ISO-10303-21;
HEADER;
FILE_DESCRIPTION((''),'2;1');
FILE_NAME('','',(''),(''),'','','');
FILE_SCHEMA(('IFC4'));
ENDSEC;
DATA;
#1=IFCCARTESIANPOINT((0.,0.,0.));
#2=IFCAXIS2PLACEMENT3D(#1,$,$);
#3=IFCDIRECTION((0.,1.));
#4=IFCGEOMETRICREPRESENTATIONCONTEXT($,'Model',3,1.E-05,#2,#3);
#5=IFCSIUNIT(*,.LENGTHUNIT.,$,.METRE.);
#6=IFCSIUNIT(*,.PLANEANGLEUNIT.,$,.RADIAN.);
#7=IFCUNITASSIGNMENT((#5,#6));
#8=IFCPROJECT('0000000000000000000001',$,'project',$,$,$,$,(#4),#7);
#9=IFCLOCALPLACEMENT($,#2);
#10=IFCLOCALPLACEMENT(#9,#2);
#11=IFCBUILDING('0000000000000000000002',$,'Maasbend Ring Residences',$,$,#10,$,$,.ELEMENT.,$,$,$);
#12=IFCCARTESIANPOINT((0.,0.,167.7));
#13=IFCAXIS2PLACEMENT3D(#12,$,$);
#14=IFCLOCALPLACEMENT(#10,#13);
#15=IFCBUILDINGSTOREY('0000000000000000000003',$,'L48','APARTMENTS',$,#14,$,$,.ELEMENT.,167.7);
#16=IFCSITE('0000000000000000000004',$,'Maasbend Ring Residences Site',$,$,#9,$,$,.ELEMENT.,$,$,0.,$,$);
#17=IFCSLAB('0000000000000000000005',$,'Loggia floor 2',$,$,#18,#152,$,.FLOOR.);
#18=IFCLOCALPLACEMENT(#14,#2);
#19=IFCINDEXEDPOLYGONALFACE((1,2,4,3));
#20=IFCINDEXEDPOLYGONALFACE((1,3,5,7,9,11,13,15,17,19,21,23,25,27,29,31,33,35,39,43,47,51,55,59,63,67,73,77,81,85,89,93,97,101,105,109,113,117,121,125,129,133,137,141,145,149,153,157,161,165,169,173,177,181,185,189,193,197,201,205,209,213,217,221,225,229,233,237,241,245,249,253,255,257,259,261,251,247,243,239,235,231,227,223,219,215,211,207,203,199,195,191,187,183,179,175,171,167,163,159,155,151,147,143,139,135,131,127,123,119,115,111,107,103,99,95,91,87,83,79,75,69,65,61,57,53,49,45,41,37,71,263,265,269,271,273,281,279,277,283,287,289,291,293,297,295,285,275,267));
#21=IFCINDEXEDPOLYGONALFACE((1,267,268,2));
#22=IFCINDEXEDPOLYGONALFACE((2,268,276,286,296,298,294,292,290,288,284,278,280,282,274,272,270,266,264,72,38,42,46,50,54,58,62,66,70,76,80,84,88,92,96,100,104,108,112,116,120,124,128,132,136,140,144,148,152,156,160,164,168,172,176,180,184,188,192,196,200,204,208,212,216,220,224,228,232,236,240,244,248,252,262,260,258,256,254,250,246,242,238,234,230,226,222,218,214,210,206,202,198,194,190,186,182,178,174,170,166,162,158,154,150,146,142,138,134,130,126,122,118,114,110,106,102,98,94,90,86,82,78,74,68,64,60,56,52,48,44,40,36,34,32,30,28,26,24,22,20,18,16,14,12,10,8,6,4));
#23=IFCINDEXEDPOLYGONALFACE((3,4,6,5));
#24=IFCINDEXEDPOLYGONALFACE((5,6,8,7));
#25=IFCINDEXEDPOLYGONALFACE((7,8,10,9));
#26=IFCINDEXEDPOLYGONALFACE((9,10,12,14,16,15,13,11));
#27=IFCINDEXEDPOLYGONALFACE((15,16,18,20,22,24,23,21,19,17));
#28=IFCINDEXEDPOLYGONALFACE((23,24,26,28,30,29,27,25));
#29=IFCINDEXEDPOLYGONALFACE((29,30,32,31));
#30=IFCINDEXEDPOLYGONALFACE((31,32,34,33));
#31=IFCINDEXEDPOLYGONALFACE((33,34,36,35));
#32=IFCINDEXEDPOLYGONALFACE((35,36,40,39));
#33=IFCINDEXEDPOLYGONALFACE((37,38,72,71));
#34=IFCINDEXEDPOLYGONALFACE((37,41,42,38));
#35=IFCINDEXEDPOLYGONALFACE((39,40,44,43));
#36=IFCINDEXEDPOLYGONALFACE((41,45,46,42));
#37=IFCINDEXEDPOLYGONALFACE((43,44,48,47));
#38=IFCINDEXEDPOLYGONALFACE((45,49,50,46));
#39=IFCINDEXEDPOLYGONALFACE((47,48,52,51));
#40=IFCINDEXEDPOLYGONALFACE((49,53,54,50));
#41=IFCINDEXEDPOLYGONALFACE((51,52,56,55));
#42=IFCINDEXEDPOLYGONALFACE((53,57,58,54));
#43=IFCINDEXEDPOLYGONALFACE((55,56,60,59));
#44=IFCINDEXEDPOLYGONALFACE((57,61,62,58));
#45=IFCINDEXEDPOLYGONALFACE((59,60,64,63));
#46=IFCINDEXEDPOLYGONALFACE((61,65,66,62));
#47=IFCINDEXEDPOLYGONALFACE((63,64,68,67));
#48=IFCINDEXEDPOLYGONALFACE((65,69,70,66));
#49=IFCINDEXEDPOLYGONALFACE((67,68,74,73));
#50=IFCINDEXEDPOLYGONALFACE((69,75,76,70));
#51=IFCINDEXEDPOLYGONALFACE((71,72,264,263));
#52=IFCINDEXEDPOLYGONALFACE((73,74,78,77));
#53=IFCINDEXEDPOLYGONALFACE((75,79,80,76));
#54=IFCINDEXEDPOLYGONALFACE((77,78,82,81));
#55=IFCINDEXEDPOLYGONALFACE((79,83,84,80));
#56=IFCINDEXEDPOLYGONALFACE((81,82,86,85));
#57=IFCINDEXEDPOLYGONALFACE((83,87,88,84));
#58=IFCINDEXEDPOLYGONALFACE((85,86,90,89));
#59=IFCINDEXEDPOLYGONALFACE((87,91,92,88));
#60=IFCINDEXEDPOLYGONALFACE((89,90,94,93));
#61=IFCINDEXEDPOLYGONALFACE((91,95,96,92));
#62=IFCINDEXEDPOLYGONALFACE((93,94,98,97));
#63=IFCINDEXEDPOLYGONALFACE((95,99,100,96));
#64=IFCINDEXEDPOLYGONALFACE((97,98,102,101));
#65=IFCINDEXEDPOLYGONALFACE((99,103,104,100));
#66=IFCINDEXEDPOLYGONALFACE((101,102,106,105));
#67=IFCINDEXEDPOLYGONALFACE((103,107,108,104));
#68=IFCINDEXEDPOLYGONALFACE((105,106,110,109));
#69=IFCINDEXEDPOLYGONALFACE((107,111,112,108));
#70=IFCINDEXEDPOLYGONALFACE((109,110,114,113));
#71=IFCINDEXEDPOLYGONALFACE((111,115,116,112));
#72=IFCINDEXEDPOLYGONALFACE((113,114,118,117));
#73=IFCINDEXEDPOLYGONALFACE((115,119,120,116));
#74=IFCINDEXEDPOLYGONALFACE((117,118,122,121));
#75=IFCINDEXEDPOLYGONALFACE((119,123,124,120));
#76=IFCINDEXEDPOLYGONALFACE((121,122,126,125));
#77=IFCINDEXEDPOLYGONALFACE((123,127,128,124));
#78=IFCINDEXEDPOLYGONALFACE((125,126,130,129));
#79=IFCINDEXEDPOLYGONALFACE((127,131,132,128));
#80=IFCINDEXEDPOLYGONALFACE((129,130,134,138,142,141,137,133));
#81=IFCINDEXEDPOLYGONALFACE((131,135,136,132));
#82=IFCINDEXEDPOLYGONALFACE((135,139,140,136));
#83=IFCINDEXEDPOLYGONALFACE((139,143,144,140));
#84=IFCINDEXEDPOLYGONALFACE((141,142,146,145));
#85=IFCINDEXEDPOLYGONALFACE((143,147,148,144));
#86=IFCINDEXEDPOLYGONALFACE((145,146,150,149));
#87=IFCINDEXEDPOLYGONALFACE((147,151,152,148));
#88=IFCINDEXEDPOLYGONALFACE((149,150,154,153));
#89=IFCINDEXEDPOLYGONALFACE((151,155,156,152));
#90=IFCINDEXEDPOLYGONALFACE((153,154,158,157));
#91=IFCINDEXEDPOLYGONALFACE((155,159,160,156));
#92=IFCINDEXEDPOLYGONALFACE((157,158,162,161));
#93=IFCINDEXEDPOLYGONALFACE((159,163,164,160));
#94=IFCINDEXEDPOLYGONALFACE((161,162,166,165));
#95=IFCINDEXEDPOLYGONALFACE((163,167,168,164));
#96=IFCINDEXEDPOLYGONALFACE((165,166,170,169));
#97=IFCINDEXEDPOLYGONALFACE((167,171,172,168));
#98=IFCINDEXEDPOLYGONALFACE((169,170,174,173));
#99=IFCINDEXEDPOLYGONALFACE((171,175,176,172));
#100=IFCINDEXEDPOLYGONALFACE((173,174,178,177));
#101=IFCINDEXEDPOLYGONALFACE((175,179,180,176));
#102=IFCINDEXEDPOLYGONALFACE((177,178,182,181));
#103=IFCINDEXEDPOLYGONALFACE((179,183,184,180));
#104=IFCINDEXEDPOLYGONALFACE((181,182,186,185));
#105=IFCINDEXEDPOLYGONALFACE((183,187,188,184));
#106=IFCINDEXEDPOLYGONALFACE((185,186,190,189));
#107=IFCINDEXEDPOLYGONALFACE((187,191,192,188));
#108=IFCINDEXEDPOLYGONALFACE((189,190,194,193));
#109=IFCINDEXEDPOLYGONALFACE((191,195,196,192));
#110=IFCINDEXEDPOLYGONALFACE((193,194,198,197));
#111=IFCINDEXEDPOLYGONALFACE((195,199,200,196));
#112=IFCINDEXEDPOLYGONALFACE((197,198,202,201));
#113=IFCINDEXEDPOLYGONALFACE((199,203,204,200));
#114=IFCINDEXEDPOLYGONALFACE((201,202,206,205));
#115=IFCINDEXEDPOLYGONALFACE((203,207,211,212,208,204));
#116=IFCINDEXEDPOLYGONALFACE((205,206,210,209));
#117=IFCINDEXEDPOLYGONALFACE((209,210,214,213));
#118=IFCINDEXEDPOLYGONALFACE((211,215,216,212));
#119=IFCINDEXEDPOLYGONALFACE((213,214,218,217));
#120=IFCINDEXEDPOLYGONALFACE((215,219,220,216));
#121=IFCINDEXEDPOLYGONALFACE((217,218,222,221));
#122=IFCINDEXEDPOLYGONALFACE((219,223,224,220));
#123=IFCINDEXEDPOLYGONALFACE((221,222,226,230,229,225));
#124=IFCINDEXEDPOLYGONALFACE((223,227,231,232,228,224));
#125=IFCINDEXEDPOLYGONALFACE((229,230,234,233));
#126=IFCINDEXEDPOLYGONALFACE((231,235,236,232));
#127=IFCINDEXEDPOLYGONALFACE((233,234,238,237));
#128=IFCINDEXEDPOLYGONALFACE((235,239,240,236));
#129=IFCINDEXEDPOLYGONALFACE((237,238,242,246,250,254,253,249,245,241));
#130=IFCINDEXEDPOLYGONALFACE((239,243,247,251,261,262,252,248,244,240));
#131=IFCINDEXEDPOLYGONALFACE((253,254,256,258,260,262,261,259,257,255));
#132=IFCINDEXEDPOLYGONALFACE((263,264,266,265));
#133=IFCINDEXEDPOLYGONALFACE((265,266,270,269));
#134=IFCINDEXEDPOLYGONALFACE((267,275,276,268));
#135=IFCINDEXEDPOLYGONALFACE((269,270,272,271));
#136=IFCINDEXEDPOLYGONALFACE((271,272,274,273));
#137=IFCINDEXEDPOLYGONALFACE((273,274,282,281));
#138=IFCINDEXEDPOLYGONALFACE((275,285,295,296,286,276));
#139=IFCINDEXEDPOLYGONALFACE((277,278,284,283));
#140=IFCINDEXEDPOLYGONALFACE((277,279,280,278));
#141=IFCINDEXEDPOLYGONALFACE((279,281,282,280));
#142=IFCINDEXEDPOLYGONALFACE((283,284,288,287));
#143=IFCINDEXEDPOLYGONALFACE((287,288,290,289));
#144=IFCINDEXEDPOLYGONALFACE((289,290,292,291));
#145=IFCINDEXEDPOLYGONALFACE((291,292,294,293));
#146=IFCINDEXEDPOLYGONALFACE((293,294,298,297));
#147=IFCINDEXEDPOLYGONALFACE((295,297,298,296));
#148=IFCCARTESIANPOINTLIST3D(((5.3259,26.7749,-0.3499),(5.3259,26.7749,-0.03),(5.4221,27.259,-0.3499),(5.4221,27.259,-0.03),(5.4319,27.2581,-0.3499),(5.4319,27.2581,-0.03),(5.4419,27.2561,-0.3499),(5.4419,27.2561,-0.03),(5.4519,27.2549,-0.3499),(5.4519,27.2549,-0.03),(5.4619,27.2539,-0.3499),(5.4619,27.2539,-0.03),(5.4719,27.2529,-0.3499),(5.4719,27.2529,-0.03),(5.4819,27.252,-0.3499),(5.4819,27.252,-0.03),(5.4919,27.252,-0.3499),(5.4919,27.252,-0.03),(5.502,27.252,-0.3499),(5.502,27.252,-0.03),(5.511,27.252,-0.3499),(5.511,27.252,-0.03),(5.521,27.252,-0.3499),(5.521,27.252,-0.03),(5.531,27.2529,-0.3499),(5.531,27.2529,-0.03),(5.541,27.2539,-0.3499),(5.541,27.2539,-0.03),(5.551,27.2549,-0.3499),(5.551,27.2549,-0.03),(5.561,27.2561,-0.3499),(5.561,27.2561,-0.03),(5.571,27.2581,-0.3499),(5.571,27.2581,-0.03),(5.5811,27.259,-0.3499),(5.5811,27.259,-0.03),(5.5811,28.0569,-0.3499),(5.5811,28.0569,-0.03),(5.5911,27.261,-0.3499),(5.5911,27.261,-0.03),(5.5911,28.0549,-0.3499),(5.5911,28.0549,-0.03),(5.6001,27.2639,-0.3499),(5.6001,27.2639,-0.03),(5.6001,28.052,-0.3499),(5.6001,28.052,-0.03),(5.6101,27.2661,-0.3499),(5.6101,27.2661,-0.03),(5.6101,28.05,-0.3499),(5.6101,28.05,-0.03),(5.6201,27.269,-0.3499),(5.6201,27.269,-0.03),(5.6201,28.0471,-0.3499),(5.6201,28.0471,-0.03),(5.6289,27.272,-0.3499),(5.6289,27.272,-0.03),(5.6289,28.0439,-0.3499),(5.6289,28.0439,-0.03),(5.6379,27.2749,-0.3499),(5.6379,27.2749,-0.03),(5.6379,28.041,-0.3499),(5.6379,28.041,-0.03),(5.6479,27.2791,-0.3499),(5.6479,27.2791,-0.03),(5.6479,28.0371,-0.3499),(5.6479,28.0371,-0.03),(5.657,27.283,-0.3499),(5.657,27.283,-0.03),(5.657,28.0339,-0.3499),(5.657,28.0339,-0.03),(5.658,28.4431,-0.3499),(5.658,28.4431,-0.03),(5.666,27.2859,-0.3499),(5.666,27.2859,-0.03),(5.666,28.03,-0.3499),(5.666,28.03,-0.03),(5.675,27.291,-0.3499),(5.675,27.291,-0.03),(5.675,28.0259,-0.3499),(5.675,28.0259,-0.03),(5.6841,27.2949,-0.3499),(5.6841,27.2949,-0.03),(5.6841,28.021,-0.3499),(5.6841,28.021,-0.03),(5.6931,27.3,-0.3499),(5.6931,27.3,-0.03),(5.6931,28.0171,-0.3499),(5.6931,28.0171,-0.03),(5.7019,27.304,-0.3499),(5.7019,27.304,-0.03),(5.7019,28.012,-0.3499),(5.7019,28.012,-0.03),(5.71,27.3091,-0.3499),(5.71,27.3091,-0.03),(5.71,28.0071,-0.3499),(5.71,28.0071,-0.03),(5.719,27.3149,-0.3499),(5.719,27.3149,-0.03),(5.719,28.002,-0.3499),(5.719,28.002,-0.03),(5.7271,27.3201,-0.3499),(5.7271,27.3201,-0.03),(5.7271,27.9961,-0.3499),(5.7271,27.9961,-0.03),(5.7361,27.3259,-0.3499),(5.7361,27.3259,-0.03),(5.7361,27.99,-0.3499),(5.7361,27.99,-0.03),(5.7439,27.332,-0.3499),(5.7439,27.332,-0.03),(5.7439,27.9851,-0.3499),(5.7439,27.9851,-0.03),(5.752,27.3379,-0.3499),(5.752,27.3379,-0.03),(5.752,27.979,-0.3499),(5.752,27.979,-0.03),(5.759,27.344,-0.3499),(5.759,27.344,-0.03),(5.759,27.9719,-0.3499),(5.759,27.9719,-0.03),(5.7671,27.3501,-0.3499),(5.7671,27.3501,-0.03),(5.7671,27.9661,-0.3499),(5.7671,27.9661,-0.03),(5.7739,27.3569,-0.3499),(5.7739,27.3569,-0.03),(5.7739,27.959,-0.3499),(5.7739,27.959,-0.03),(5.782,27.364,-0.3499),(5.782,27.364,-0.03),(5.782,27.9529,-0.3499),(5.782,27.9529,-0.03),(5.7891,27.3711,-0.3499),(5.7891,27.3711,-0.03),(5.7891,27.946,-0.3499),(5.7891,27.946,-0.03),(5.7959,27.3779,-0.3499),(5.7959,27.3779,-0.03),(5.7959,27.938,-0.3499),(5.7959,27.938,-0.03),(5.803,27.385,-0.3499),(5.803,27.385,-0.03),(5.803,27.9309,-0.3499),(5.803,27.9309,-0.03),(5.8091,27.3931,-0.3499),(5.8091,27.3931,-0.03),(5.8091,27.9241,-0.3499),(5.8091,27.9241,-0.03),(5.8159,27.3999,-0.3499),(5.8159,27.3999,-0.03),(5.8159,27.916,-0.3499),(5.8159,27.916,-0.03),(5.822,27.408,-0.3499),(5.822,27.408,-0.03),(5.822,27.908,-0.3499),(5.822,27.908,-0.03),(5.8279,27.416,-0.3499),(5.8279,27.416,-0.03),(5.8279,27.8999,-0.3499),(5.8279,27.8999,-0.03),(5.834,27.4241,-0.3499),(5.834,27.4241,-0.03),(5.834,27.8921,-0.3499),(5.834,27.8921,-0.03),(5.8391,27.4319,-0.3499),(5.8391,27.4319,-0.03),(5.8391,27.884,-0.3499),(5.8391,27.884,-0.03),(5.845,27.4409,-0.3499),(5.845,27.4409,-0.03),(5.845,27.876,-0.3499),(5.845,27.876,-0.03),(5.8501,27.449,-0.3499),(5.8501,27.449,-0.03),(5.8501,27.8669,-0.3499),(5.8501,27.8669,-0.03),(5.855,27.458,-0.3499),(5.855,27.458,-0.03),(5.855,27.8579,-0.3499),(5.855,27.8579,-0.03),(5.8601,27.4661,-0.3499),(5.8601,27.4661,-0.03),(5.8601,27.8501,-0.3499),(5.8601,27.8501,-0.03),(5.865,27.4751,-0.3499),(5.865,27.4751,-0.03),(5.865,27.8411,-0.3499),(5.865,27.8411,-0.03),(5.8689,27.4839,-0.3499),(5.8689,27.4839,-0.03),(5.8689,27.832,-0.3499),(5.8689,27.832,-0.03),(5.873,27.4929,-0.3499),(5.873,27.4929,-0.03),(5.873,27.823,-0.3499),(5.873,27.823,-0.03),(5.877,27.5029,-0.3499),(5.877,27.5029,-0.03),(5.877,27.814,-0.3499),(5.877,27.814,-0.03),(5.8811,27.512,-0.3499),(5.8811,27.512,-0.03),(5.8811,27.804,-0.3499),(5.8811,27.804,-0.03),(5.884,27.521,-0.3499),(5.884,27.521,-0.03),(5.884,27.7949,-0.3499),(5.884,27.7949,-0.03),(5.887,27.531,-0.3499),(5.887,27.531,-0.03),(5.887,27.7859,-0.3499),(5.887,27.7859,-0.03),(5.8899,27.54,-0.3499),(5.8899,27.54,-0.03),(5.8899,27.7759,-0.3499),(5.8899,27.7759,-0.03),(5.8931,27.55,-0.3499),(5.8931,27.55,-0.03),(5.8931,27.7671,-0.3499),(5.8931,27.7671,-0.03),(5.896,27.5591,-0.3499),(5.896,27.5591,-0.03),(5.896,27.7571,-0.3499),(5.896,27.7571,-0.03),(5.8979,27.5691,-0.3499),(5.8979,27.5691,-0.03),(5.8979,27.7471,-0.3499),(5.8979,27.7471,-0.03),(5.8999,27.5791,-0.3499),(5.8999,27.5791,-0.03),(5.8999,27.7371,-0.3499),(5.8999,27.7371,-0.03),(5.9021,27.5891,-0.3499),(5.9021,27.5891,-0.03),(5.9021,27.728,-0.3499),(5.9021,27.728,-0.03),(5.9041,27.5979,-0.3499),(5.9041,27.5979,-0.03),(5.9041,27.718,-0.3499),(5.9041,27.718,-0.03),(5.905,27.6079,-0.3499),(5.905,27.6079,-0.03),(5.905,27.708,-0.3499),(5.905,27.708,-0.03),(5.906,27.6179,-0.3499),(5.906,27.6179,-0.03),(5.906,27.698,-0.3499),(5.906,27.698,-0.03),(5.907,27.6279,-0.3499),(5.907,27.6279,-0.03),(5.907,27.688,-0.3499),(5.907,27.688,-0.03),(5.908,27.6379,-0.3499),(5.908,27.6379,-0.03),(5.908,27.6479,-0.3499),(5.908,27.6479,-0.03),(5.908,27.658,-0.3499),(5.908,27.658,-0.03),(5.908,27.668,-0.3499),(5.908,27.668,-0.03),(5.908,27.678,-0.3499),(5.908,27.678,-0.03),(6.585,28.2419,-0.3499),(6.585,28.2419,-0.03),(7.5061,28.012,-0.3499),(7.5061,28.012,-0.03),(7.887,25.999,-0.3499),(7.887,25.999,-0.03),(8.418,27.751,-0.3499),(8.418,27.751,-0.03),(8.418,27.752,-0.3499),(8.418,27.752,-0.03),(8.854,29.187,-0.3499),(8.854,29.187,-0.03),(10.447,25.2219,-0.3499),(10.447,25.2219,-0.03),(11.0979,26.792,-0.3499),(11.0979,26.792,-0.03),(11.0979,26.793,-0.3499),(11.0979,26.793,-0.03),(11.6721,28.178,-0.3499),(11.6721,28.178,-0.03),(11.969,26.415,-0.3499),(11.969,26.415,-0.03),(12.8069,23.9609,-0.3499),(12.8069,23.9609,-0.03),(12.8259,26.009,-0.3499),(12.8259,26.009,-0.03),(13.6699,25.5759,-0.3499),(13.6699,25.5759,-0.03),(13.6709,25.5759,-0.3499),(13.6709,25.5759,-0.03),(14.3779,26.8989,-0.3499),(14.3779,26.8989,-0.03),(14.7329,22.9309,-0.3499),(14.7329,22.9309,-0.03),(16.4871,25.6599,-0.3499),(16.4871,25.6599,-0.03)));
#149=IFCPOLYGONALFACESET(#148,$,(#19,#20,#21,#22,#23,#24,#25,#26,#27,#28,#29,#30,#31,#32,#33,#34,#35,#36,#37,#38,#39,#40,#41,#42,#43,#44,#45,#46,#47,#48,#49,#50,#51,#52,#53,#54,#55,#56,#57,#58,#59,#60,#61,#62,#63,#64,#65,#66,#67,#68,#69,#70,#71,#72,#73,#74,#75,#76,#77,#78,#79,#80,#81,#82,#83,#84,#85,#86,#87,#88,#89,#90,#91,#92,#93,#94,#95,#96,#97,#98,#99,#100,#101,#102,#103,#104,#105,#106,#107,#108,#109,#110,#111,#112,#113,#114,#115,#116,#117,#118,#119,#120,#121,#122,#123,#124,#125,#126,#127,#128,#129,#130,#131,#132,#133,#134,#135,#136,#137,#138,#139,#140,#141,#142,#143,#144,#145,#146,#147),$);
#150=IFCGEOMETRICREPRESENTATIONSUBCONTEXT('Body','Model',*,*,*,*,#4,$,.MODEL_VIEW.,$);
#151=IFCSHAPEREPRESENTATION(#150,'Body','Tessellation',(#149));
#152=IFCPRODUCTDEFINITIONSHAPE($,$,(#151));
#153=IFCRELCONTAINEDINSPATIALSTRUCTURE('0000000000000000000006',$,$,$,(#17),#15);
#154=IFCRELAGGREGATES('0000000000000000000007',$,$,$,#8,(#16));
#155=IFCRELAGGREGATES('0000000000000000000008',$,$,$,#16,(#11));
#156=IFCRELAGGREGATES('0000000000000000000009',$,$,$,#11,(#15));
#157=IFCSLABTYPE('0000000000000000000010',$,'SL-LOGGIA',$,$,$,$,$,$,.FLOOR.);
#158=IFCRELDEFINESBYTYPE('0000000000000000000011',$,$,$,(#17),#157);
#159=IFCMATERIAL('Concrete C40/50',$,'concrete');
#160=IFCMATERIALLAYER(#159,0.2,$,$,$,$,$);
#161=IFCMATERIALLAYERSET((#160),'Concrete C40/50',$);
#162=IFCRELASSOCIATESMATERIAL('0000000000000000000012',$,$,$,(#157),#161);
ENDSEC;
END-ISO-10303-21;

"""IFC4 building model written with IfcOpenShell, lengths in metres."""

from ifc_helpers import new_model, si_unit, direction, frame, origin, place, context, subcontext, project, spatial, polyline, outline, extrude, material, layer, layer_set, type_object, element, save


model = new_model("IFC4")

# Units and contexts
model_context = context("Model", 3, precision=1e-05, world=origin(), true_north=direction((0.0, 1.0)))
body_context = subcontext(model_context, "Body", "Model", "MODEL_VIEW")
ifc_project = project(units=[si_unit("LENGTHUNIT", "METRE"), si_unit("PLANEANGLEUNIT", "RADIAN")], contexts=[model_context])

# Site, building, storey
site_placement = place(None, origin())
site = spatial("IfcSite", under=ifc_project, at=site_placement, Name="Maasbend Ring Residences Site", CompositionType="ELEMENT", RefElevation=0.0)
building_placement = place(site_placement, origin())
building = spatial("IfcBuilding", under=site, at=building_placement, Name="Maasbend Ring Residences", CompositionType="ELEMENT")
storey_placement = place(building_placement, frame((0.0, 0.0, 167.7)))
storey = spatial("IfcBuildingStorey", under=building, at=storey_placement, Name="L48", Description="APARTMENTS", CompositionType="ELEMENT", Elevation=167.7)

# Slab
ifc_material_1 = material(Name="Concrete C40/50", Category="concrete")
ifc_layer_1 = layer(ifc_material_1, 0.2)
ifc_layer_set_1 = layer_set([ifc_layer_1], Name="Concrete C40/50")
slab_type_1 = type_object("IfcSlabType", Name="SL-LOGGIA", PredefinedType="FLOOR", material=ifc_layer_set_1)
slab_1_placement = place(storey_placement, frame((0.0, 0.0, -0.3499)))
element("IfcSlab", 1, at=slab_1_placement, inside=storey, type_object=slab_type_1, Name="Loggia floor 2", PredefinedType="FLOOR", context=body_context, shape_type="SweptSolid", body=[
    extrude(outline(polyline([(5.4519, 27.2549), (5.4619, 27.2539), (5.4719, 27.2529), (5.4819, 27.252), (5.4919, 27.252), (5.502, 27.252), (5.511, 27.252), (5.521, 27.252), (5.531, 27.2529), (5.541, 27.2539), (5.551, 27.2549), (5.561, 27.2561), (5.571, 27.2581), (5.5811, 27.259), (5.5911, 27.261), (5.6001, 27.2639), (5.6101, 27.2661), (5.6201, 27.269), (5.6289, 27.272), (5.6379, 27.2749), (5.6479, 27.2791), (5.657, 27.283), (5.666, 27.2859), (5.675, 27.291), (5.6841, 27.2949), (5.6931, 27.3), (5.7019, 27.304), (5.71, 27.3091), (5.719, 27.3149), (5.7271, 27.3201), (5.7361, 27.3259), (5.7439, 27.332), (5.752, 27.3379), (5.759, 27.344), (5.7671, 27.3501), (5.7739, 27.3569), (5.782, 27.364), (5.7891, 27.3711), (5.7959, 27.3779), (5.803, 27.385), (5.8091, 27.3931), (5.8159, 27.3999), (5.822, 27.408), (5.8279, 27.416), (5.834, 27.4241), (5.8391, 27.4319), (5.845, 27.4409), (5.8501, 27.449), (5.855, 27.458), (5.8601, 27.4661), (5.865, 27.4751), (5.8689, 27.4839), (5.873, 27.4929), (5.877, 27.5029), (5.8811, 27.512), (5.884, 27.521), (5.887, 27.531), (5.8899, 27.54), (5.8931, 27.55), (5.896, 27.5591), (5.8979, 27.5691), (5.8999, 27.5791), (5.9021, 27.5891), (5.9041, 27.5979), (5.905, 27.6079), (5.906, 27.6179), (5.907, 27.6279), (5.908, 27.6379), (5.908, 27.6479), (5.908, 27.658), (5.908, 27.668), (5.908, 27.678), (5.907, 27.688), (5.906, 27.698), (5.905, 27.708), (5.9041, 27.718), (5.9021, 27.728), (5.8999, 27.7371), (5.8979, 27.7471), (5.896, 27.7571), (5.8931, 27.7671), (5.8899, 27.7759), (5.887, 27.7859), (5.884, 27.7949), (5.8811, 27.804), (5.877, 27.814), (5.873, 27.823), (5.8689, 27.832), (5.865, 27.8411), (5.8601, 27.8501), (5.855, 27.8579), (5.8501, 27.8669), (5.845, 27.876), (5.8391, 27.884), (5.834, 27.8921), (5.8279, 27.8999), (5.822, 27.908), (5.8159, 27.916), (5.8091, 27.9241), (5.803, 27.9309), (5.7959, 27.938), (5.7891, 27.946), (5.782, 27.9529), (5.7739, 27.959), (5.7671, 27.9661), (5.759, 27.9719), (5.752, 27.979), (5.7439, 27.9851), (5.7361, 27.99), (5.7271, 27.9961), (5.719, 28.002), (5.71, 28.0071), (5.7019, 28.012), (5.6931, 28.0171), (5.6841, 28.021), (5.675, 28.0259), (5.666, 28.03), (5.657, 28.0339), (5.6479, 28.0371), (5.6379, 28.041), (5.6289, 28.0439), (5.6201, 28.0471), (5.6101, 28.05), (5.6001, 28.052), (5.5911, 28.0549), (5.5811, 28.0569), (5.658, 28.4431), (5.658, 28.4431), (5.658, 28.4431), (6.585, 28.2419), (6.585, 28.2419), (7.5061, 28.012), (7.5061, 28.012), (8.418, 27.751), (8.418, 27.751), (8.418, 27.751), (8.418, 27.751), (8.418, 27.751), (8.418, 27.751), (8.418, 27.751), (8.418, 27.751), (8.418, 27.751), (8.418, 27.751), (8.418, 27.752), (8.418, 27.752), (8.418, 27.752), (8.418, 27.752), (8.418, 27.752), (8.418, 27.752), (8.418, 27.752), (8.854, 29.187), (8.854, 29.187), (8.854, 29.187), (11.6721, 28.178), (11.6721, 28.178), (11.6721, 28.178), (11.0979, 26.793), (11.0979, 26.793), (11.0979, 26.793), (11.0979, 26.793), (11.0979, 26.793), (11.0979, 26.793), (11.0979, 26.793), (11.0979, 26.793), (11.0979, 26.793), (11.0979, 26.793), (11.0979, 26.792), (11.0979, 26.792), (11.0979, 26.792), (11.0979, 26.792), (11.0979, 26.792), (11.0979, 26.792), (11.0979, 26.792), (11.969, 26.415), (11.969, 26.415), (12.8259, 26.009), (12.8259, 26.009), (13.6699, 25.5759), (13.6699, 25.5759), (13.6699, 25.5759), (13.6699, 25.5759), (13.6699, 25.5759), (13.6699, 25.5759), (13.6699, 25.5759), (13.6699, 25.5759), (13.6699, 25.5759), (13.6699, 25.5759), (13.6709, 25.5759), (13.6709, 25.5759), (13.6709, 25.5759), (13.6709, 25.5759), (13.6709, 25.5759), (13.6709, 25.5759), (13.6709, 25.5759), (14.3779, 26.8989), (14.3779, 26.8989), (14.3779, 26.8989), (16.4871, 25.6599), (16.4871, 25.6599), (16.4871, 25.6599), (14.7329, 22.9309), (14.7329, 22.9309), (14.7329, 22.9309), (12.8069, 23.9609), (10.447, 25.2219), (10.447, 25.2219), (10.447, 25.2219), (7.887, 25.999), (5.3259, 26.7749), (5.3259, 26.7749), (5.3259, 26.7749), (5.4221, 27.259), (5.4319, 27.2581), (5.4419, 27.2561), (5.4519, 27.2549)])), origin(), (0.0, 0.0, 1.0), 0.3198),
])

save(model, "model.ifc")
